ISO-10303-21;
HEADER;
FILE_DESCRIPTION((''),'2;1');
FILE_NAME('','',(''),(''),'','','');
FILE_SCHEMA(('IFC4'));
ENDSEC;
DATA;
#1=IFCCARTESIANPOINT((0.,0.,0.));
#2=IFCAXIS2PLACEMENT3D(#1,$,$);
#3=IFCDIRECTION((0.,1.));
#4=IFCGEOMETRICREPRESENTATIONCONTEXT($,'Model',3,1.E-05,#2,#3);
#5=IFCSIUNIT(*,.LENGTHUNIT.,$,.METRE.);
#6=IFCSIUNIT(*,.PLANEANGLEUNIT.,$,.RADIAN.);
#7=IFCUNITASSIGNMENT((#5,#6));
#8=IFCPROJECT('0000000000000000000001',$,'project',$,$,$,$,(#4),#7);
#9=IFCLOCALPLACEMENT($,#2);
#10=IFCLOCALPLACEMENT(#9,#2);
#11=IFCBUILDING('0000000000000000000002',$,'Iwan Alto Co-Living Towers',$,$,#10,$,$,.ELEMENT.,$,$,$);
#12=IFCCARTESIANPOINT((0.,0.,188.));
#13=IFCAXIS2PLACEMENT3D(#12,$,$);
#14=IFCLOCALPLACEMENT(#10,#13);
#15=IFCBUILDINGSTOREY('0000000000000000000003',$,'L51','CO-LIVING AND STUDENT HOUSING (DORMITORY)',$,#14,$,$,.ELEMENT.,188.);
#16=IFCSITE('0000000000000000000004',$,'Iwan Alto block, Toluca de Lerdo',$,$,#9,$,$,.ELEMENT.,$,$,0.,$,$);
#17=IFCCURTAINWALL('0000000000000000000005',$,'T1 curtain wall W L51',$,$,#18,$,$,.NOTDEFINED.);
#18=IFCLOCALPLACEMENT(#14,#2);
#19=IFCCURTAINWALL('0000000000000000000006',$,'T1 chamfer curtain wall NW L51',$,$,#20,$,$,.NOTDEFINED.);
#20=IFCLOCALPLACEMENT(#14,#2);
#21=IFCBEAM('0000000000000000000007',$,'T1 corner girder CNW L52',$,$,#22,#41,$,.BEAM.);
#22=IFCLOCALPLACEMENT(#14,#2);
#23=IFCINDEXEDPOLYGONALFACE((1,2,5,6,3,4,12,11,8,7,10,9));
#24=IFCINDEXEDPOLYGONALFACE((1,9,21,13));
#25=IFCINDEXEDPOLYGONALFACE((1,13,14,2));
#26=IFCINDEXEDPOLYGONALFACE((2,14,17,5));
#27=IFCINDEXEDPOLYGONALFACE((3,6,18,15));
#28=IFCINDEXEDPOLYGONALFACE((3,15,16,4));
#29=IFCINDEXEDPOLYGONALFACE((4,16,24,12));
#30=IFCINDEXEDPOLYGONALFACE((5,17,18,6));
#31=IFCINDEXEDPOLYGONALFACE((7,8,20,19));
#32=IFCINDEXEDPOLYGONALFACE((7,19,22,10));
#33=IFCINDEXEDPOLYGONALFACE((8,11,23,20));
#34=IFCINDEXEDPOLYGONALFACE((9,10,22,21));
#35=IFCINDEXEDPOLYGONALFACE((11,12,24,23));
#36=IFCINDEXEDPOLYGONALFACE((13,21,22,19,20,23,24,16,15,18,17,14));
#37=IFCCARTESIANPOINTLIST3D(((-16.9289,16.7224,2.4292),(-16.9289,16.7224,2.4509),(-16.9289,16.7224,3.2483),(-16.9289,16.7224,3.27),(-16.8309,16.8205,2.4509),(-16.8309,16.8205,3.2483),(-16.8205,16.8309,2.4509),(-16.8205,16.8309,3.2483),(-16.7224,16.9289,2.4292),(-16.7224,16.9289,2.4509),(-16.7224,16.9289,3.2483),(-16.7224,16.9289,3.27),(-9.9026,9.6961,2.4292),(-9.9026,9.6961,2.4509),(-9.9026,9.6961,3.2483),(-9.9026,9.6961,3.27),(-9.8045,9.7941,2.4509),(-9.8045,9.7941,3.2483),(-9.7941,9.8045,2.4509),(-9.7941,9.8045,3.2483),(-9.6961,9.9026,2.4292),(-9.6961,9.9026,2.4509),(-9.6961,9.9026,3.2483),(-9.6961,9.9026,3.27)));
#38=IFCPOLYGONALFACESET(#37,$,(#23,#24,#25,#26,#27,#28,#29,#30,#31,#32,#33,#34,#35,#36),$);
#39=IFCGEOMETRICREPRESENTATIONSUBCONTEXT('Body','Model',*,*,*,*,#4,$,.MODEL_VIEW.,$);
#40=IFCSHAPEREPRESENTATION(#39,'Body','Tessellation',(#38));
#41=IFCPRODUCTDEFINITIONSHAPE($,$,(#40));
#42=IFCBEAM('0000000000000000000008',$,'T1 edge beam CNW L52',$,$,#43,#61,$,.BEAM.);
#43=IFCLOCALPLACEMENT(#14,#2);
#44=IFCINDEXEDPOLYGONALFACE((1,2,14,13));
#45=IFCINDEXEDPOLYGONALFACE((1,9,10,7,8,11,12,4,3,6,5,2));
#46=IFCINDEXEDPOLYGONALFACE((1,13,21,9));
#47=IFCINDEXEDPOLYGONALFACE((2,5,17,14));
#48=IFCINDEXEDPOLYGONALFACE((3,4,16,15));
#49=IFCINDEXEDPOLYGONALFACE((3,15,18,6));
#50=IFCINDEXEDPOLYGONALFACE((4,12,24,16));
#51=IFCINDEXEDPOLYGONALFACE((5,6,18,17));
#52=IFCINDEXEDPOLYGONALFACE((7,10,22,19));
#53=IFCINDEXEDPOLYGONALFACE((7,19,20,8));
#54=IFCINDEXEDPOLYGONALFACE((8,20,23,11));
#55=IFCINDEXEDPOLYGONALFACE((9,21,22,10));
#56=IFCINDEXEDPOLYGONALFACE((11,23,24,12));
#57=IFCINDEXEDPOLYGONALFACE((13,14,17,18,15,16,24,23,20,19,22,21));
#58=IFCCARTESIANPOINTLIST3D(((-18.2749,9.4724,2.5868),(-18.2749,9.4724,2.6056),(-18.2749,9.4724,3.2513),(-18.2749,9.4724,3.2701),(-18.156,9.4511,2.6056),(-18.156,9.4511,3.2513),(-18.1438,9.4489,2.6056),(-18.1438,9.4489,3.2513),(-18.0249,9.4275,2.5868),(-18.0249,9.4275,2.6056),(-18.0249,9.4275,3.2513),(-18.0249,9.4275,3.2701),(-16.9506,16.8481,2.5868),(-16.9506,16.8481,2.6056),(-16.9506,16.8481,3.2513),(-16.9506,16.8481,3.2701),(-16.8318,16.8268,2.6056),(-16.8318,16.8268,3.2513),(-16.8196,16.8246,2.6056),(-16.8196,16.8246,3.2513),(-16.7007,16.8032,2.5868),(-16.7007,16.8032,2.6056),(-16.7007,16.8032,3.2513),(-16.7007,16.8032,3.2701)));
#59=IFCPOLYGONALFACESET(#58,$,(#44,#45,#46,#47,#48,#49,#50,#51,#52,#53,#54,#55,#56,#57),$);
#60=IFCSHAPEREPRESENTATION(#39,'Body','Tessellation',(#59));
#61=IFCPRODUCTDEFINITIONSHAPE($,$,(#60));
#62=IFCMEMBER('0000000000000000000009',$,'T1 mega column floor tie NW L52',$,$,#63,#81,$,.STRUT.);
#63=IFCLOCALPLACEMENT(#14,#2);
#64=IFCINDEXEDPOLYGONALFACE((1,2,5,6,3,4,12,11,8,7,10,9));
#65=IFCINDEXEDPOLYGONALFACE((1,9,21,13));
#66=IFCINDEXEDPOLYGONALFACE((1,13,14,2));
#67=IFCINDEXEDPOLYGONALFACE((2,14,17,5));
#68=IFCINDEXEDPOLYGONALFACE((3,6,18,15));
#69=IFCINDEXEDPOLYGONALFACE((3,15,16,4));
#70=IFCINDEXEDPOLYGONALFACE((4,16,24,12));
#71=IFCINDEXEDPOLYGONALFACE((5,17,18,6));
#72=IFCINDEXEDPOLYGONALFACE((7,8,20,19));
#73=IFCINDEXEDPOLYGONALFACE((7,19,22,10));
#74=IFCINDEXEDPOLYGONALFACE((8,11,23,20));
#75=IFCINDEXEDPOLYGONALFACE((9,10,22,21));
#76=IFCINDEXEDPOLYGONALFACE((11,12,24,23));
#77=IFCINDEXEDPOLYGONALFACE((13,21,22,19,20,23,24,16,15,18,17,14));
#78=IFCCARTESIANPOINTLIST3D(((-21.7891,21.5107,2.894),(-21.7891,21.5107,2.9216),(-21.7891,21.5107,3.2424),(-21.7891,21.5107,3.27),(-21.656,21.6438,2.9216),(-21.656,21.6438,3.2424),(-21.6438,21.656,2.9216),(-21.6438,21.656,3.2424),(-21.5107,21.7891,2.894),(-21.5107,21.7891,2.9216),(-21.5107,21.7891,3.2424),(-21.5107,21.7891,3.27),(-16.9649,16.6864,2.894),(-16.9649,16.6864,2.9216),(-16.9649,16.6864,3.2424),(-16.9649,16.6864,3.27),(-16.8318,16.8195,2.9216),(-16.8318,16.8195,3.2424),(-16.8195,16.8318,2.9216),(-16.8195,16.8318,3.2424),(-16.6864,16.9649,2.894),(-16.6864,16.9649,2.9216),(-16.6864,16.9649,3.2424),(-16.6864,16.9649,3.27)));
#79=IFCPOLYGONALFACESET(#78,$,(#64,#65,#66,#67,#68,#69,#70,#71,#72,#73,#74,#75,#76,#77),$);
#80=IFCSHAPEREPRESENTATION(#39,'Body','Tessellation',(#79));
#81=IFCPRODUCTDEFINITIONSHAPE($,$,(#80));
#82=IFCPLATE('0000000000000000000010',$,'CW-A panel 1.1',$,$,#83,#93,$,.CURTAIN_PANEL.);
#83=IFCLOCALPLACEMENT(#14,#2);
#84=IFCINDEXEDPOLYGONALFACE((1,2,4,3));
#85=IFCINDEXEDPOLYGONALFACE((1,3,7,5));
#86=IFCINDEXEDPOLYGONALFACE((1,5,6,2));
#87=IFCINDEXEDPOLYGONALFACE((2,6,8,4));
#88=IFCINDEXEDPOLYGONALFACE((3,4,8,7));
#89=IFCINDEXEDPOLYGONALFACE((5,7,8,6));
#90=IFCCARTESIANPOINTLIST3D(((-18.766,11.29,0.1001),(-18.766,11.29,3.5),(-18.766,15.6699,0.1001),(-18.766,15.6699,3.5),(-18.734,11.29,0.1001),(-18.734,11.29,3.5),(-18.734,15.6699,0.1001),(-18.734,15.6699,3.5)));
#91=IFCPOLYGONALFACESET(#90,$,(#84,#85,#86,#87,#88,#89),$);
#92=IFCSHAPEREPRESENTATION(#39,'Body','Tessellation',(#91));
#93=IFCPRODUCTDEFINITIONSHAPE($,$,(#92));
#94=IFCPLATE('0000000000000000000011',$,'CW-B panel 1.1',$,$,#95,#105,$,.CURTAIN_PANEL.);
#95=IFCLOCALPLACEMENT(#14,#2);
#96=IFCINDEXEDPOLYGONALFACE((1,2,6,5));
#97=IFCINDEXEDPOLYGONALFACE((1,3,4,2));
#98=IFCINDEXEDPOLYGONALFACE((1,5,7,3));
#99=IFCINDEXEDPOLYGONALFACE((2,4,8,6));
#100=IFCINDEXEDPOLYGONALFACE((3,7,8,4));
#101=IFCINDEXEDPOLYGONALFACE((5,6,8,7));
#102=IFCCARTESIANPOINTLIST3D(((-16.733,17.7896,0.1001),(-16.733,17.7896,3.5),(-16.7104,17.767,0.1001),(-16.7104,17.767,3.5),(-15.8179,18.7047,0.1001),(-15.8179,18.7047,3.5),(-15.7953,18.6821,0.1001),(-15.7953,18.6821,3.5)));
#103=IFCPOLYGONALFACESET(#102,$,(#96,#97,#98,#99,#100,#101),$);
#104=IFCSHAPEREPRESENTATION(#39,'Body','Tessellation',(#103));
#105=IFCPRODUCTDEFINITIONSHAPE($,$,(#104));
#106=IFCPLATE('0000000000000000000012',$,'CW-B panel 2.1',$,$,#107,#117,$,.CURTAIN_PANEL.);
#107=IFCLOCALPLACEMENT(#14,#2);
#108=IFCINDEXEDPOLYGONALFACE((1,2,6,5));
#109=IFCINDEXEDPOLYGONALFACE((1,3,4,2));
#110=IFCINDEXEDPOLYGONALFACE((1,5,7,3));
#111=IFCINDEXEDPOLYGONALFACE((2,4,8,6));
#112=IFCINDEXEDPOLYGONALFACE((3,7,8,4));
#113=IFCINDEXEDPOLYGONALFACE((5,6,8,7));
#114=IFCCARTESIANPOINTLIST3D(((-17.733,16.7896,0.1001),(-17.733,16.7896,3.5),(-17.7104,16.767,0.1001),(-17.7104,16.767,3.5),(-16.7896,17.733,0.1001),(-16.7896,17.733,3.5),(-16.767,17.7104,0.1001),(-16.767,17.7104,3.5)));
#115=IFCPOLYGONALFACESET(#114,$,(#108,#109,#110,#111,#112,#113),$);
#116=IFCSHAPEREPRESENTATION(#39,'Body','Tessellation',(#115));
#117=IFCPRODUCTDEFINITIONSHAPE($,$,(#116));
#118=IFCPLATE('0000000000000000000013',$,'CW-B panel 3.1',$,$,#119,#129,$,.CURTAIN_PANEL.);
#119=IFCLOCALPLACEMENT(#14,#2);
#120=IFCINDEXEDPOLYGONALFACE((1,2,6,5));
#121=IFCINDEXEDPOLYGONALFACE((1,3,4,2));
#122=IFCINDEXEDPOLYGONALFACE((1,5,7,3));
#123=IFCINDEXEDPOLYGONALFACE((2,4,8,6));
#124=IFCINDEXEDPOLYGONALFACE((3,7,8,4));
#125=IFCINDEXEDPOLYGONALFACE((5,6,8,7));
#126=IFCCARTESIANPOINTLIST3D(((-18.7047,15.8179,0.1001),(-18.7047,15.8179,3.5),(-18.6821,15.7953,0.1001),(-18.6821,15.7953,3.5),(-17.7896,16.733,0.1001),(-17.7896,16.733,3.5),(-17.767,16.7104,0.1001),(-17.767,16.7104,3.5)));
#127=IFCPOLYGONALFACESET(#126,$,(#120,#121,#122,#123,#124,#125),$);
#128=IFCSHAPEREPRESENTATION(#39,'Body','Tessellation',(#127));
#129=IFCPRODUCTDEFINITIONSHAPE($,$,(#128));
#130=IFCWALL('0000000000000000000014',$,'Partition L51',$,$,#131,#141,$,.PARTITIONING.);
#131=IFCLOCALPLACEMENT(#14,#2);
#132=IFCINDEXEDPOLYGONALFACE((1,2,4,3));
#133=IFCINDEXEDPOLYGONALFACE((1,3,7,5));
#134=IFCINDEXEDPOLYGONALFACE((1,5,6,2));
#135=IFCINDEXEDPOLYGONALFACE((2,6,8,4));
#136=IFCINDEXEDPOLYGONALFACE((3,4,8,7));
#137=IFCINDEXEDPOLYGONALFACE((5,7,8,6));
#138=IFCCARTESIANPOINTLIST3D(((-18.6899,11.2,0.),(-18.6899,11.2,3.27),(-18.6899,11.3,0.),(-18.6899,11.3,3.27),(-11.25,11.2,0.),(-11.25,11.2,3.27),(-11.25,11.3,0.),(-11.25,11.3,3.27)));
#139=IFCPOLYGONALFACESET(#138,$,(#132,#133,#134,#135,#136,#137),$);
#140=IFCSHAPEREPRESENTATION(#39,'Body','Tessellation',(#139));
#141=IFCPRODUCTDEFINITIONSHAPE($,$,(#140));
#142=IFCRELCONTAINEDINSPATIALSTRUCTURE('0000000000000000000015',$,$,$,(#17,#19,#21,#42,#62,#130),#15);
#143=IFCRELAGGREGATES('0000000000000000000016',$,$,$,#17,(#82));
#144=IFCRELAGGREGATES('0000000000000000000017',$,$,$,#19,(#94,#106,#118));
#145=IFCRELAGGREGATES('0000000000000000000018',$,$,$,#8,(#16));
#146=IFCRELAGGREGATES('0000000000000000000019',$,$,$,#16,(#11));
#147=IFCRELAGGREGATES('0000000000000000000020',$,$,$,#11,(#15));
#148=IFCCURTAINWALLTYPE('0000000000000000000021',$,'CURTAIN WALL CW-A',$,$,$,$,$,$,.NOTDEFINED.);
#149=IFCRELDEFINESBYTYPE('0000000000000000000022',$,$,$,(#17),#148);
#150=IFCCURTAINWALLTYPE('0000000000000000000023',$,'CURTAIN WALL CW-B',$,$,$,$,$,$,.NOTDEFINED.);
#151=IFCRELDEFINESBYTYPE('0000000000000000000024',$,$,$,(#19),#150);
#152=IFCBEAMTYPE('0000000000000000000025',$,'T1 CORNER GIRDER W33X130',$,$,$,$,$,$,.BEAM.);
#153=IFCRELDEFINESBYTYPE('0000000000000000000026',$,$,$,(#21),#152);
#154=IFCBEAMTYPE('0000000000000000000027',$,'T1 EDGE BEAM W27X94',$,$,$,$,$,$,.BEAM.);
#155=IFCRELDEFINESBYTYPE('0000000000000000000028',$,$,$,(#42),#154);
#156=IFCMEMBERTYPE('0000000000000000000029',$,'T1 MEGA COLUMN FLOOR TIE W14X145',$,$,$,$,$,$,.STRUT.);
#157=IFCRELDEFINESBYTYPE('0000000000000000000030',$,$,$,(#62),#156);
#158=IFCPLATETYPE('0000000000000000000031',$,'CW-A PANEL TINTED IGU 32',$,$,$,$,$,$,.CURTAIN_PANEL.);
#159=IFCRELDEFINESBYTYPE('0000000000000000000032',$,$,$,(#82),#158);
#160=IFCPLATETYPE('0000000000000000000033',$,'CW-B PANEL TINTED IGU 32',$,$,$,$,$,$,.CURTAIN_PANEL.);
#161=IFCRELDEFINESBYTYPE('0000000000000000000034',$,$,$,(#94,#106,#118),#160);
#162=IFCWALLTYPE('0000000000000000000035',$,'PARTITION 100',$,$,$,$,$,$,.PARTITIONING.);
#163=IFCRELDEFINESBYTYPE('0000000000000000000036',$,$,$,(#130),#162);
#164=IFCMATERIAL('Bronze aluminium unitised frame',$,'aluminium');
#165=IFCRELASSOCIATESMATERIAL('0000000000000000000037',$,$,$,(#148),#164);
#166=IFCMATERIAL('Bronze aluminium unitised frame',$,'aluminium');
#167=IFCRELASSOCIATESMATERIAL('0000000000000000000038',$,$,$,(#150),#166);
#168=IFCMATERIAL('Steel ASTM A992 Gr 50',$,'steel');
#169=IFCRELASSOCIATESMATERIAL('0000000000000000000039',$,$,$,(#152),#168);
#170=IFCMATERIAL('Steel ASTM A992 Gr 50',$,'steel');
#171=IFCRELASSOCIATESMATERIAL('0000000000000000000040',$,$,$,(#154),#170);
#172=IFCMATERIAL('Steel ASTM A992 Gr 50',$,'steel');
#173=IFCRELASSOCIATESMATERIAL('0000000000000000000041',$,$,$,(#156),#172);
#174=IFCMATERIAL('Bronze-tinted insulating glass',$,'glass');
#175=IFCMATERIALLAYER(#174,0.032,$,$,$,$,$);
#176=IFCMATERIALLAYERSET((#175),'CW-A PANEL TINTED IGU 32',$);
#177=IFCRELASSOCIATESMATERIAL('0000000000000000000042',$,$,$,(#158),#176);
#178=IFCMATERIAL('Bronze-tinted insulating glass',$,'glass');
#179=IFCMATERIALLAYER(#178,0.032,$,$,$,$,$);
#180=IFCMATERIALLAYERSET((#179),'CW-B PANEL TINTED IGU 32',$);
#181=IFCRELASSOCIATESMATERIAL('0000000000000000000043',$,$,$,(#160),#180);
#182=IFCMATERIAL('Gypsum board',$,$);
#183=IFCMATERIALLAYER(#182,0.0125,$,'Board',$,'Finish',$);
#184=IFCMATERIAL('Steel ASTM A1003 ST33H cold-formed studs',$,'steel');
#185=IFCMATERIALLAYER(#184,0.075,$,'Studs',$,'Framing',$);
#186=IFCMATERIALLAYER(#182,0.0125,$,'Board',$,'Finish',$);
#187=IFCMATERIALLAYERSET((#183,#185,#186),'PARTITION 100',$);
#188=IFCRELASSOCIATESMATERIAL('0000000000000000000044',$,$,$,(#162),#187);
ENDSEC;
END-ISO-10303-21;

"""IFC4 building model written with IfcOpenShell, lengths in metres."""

from ifc_helpers import new_model, si_unit, direction, frame, frame_2d, origin, origin_2d, place, context, subcontext, project, spatial, rectangle, i_section, extrude, material, layer, layer_set, material_profile, profile_set, type_object, element, aggregate, save


model = new_model("IFC4")

# Units and contexts
model_context = context("Model", 3, precision=1e-05, world=origin(), true_north=direction((0.0, 1.0)))
body_context = subcontext(model_context, "Body", "Model", "MODEL_VIEW")
ifc_project = project(units=[si_unit("LENGTHUNIT", "METRE"), si_unit("PLANEANGLEUNIT", "RADIAN")], contexts=[model_context])

# Site, building, storey
site_placement = place(None, origin())
site = spatial("IfcSite", under=ifc_project, at=site_placement, Name="Iwan Alto block, Toluca de Lerdo", CompositionType="ELEMENT", RefElevation=0.0)
building_placement = place(site_placement, origin())
building = spatial("IfcBuilding", under=site, at=building_placement, Name="Iwan Alto Co-Living Towers", CompositionType="ELEMENT")
storey_placement = place(building_placement, frame((0.0, 0.0, 188.0)))
storey = spatial("IfcBuildingStorey", under=building, at=storey_placement, Name="L51", Description="CO-LIVING AND STUDENT HOUSING (DORMITORY)", CompositionType="ELEMENT", Elevation=188.0)

# Curtain walls
ifc_material_1 = material(Name="Bronze aluminium unitised frame", Category="aluminium")
curtain_wall_type_1 = type_object("IfcCurtainWallType", Name="CURTAIN WALL CW-A", PredefinedType="NOTDEFINED", material=ifc_material_1)
curtain_wall_1_placement = place(storey_placement, origin())
curtain_wall_1 = element("IfcCurtainWall", 1, at=curtain_wall_1_placement, inside=storey, type_object=curtain_wall_type_1, Name="T1 curtain wall W L51", PredefinedType="NOTDEFINED")
ifc_material_2 = material(Name="Bronze aluminium unitised frame", Category="aluminium")
curtain_wall_type_2 = type_object("IfcCurtainWallType", Name="CURTAIN WALL CW-B", PredefinedType="NOTDEFINED", material=ifc_material_2)
curtain_wall_2_placement = place(storey_placement, origin())
curtain_wall_2 = element("IfcCurtainWall", 2, at=curtain_wall_2_placement, inside=storey, type_object=curtain_wall_type_2, Name="T1 chamfer curtain wall NW L51", PredefinedType="NOTDEFINED")

# Beams
ifc_material_3 = material(Name="Steel ASTM A992 Gr 50", Category="steel")
ifc_material_profile_1 = material_profile(ifc_material_3, i_section(OverallWidth=0.292, OverallDepth=0.8408, WebThickness=0.0146, FlangeThickness=0.0217, at=origin_2d()), Name="W33X130")
ifc_profile_set_1 = profile_set([ifc_material_profile_1], Name="Steel ASTM A992 Gr 50")
beam_type_1 = type_object("IfcBeamType", Name="T1 CORNER GIRDER W33X130", PredefinedType="BEAM", material=ifc_profile_set_1)
beam_1_placement = place(storey_placement, frame((-16.8257, 16.8257, 2.8496), z_axis=(0.707107, -0.707107, 0.0), x_axis=(0.707107, 0.707107, 0.0)))
element("IfcBeam", 3, at=beam_1_placement, inside=storey, type_object=beam_type_1, Name="T1 corner girder CNW L52", PredefinedType="BEAM", context=body_context, shape_type="SweptSolid", body=[
    extrude(i_section(OverallWidth=0.292, OverallDepth=0.8408, WebThickness=0.0146, FlangeThickness=0.0217, at=origin_2d()), origin(), (0.0, 0.0, 1.0), 9.9368),
])
ifc_material_4 = material(Name="Steel ASTM A992 Gr 50", Category="steel")
ifc_material_profile_2 = material_profile(ifc_material_4, i_section(OverallWidth=0.2539, OverallDepth=0.6833, WebThickness=0.0125, FlangeThickness=0.0188, at=origin_2d()), Name="W27X94")
ifc_profile_set_2 = profile_set([ifc_material_profile_2], Name="Steel ASTM A992 Gr 50")
beam_type_2 = type_object("IfcBeamType", Name="T1 EDGE BEAM W27X94", PredefinedType="BEAM", material=ifc_profile_set_2)
beam_2_placement = place(storey_placement, frame((-16.8257, 16.8257, 2.9285), z_axis=(-0.176712, -0.984263, 0.0), x_axis=(0.984263, -0.176712, 0.0)))
element("IfcBeam", 4, at=beam_2_placement, inside=storey, type_object=beam_type_2, Name="T1 edge beam CNW L52", PredefinedType="BEAM", context=body_context, shape_type="SweptSolid", body=[
    extrude(i_section(OverallWidth=0.2539, OverallDepth=0.6833, WebThickness=0.0125, FlangeThickness=0.0188, at=origin_2d()), origin(), (0.0, 0.0, 1.0), 7.4937),
])

# Member
ifc_material_5 = material(Name="Steel ASTM A992 Gr 50", Category="steel")
ifc_material_profile_3 = material_profile(ifc_material_5, i_section(OverallWidth=0.3938, OverallDepth=0.376, WebThickness=0.0173, FlangeThickness=0.0276, at=origin_2d()), Name="W14X145")
ifc_profile_set_3 = profile_set([ifc_material_profile_3], Name="Steel ASTM A992 Gr 50")
member_type_1 = type_object("IfcMemberType", Name="T1 MEGA COLUMN FLOOR TIE W14X145", PredefinedType="STRUT", material=ifc_profile_set_3)
member_1_placement = place(storey_placement, frame((-21.6499, 21.6499, 3.082), z_axis=(0.707107, -0.707107, 0.0), x_axis=(0.707107, 0.707107, 0.0)))
element("IfcMember", 5, at=member_1_placement, inside=storey, type_object=member_type_1, Name="T1 mega column floor tie NW L52", PredefinedType="STRUT", context=body_context, shape_type="SweptSolid", body=[
    extrude(i_section(OverallWidth=0.3938, OverallDepth=0.376, WebThickness=0.0173, FlangeThickness=0.0276, at=origin_2d()), origin(), (0.0, 0.0, 1.0), 6.8225),
])

# Plates
ifc_material_6 = material(Name="Bronze-tinted insulating glass", Category="glass")
ifc_layer_1 = layer(ifc_material_6, 0.032)
ifc_layer_set_1 = layer_set([ifc_layer_1], Name="CW-A PANEL TINTED IGU 32")
plate_type_1 = type_object("IfcPlateType", Name="CW-A PANEL TINTED IGU 32", PredefinedType="CURTAIN_PANEL", material=ifc_layer_set_1)
plate_1_placement = place(storey_placement, frame((-18.75, 13.48, 0.1001), z_axis=(0.0, 0.0, 1.0), x_axis=(0.0, -1.0, 0.0)))
plate_1 = element("IfcPlate", 6, at=plate_1_placement, type_object=plate_type_1, Name="CW-A panel 1.1", PredefinedType="CURTAIN_PANEL", context=body_context, shape_type="SweptSolid", body=[
    extrude(rectangle(XDim=4.3799, YDim=0.032, at=origin_2d()), origin(), (0.0, 0.0, 1.0), 3.3999),
])
aggregate(curtain_wall_1, [plate_1])
ifc_material_7 = material(Name="Bronze-tinted insulating glass", Category="glass")
ifc_layer_2 = layer(ifc_material_7, 0.032)
ifc_layer_set_2 = layer_set([ifc_layer_2], Name="CW-B PANEL TINTED IGU 32")
plate_type_2 = type_object("IfcPlateType", Name="CW-B PANEL TINTED IGU 32", PredefinedType="CURTAIN_PANEL", material=ifc_layer_set_2)
plate_2_placement = place(storey_placement, frame((-16.2642, 18.2358, 0.1001), z_axis=(0.0, 0.0, 1.0), x_axis=(-0.707107, -0.707107, 0.0)))
plate_2 = element("IfcPlate", 7, at=plate_2_placement, type_object=plate_type_2, Name="CW-B panel 1.1", PredefinedType="CURTAIN_PANEL", context=body_context, shape_type="SweptSolid", body=[
    extrude(rectangle(XDim=1.2942, YDim=0.032, at=origin_2d()), origin(), (0.0, 0.0, 1.0), 3.3999),
])
plate_3_placement = place(storey_placement, frame((-17.25, 17.25, 0.1001), z_axis=(0.0, 0.0, 1.0), x_axis=(-0.707107, -0.707107, 0.0)))
plate_3 = element("IfcPlate", 8, at=plate_3_placement, type_object=plate_type_2, Name="CW-B panel 2.1", PredefinedType="CURTAIN_PANEL", context=body_context, shape_type="SweptSolid", body=[
    extrude(rectangle(XDim=1.3342, YDim=0.032, at=origin_2d()), origin(), (0.0, 0.0, 1.0), 3.3999),
])
plate_4_placement = place(storey_placement, frame((-18.2358, 16.2642, 0.1001), z_axis=(0.0, 0.0, 1.0), x_axis=(-0.707107, -0.707107, 0.0)))
plate_4 = element("IfcPlate", 9, at=plate_4_placement, type_object=plate_type_2, Name="CW-B panel 3.1", PredefinedType="CURTAIN_PANEL", context=body_context, shape_type="SweptSolid", body=[
    extrude(rectangle(XDim=1.2942, YDim=0.032, at=origin_2d()), origin(), (0.0, 0.0, 1.0), 3.3999),
])
aggregate(curtain_wall_2, [plate_2, plate_3, plate_4])

# Wall
ifc_material_8 = material(Name="Gypsum board")
ifc_layer_3 = layer(ifc_material_8, 0.0125, Name="Board", Category="Finish")
ifc_material_9 = material(Name="Steel ASTM A1003 ST33H cold-formed studs", Category="steel")
ifc_layer_4 = layer(ifc_material_9, 0.075, Name="Studs", Category="Framing")
ifc_layer_5 = layer(ifc_material_8, 0.0125, Name="Board", Category="Finish")
ifc_layer_set_3 = layer_set([ifc_layer_3, ifc_layer_4, ifc_layer_5], Name="PARTITION 100")
wall_type = type_object("IfcWallType", Name="PARTITION 100", PredefinedType="PARTITIONING", material=ifc_layer_set_3)
wall_placement = place(storey_placement, frame((-18.6899, 11.25, 0.0), z_axis=(0.0, 0.0, 1.0), x_axis=(1.0, 0.0, 0.0)))
element("IfcWall", 10, at=wall_placement, inside=storey, type_object=wall_type, Name="Partition L51", PredefinedType="PARTITIONING", context=body_context, shape_type="SweptSolid", body=[
    extrude(rectangle(XDim=7.4399, YDim=0.1001, at=frame_2d((3.72, 0.0))), origin(), (0.0, 0.0, 1.0), 3.27),
])

save(model, "model.ifc")
